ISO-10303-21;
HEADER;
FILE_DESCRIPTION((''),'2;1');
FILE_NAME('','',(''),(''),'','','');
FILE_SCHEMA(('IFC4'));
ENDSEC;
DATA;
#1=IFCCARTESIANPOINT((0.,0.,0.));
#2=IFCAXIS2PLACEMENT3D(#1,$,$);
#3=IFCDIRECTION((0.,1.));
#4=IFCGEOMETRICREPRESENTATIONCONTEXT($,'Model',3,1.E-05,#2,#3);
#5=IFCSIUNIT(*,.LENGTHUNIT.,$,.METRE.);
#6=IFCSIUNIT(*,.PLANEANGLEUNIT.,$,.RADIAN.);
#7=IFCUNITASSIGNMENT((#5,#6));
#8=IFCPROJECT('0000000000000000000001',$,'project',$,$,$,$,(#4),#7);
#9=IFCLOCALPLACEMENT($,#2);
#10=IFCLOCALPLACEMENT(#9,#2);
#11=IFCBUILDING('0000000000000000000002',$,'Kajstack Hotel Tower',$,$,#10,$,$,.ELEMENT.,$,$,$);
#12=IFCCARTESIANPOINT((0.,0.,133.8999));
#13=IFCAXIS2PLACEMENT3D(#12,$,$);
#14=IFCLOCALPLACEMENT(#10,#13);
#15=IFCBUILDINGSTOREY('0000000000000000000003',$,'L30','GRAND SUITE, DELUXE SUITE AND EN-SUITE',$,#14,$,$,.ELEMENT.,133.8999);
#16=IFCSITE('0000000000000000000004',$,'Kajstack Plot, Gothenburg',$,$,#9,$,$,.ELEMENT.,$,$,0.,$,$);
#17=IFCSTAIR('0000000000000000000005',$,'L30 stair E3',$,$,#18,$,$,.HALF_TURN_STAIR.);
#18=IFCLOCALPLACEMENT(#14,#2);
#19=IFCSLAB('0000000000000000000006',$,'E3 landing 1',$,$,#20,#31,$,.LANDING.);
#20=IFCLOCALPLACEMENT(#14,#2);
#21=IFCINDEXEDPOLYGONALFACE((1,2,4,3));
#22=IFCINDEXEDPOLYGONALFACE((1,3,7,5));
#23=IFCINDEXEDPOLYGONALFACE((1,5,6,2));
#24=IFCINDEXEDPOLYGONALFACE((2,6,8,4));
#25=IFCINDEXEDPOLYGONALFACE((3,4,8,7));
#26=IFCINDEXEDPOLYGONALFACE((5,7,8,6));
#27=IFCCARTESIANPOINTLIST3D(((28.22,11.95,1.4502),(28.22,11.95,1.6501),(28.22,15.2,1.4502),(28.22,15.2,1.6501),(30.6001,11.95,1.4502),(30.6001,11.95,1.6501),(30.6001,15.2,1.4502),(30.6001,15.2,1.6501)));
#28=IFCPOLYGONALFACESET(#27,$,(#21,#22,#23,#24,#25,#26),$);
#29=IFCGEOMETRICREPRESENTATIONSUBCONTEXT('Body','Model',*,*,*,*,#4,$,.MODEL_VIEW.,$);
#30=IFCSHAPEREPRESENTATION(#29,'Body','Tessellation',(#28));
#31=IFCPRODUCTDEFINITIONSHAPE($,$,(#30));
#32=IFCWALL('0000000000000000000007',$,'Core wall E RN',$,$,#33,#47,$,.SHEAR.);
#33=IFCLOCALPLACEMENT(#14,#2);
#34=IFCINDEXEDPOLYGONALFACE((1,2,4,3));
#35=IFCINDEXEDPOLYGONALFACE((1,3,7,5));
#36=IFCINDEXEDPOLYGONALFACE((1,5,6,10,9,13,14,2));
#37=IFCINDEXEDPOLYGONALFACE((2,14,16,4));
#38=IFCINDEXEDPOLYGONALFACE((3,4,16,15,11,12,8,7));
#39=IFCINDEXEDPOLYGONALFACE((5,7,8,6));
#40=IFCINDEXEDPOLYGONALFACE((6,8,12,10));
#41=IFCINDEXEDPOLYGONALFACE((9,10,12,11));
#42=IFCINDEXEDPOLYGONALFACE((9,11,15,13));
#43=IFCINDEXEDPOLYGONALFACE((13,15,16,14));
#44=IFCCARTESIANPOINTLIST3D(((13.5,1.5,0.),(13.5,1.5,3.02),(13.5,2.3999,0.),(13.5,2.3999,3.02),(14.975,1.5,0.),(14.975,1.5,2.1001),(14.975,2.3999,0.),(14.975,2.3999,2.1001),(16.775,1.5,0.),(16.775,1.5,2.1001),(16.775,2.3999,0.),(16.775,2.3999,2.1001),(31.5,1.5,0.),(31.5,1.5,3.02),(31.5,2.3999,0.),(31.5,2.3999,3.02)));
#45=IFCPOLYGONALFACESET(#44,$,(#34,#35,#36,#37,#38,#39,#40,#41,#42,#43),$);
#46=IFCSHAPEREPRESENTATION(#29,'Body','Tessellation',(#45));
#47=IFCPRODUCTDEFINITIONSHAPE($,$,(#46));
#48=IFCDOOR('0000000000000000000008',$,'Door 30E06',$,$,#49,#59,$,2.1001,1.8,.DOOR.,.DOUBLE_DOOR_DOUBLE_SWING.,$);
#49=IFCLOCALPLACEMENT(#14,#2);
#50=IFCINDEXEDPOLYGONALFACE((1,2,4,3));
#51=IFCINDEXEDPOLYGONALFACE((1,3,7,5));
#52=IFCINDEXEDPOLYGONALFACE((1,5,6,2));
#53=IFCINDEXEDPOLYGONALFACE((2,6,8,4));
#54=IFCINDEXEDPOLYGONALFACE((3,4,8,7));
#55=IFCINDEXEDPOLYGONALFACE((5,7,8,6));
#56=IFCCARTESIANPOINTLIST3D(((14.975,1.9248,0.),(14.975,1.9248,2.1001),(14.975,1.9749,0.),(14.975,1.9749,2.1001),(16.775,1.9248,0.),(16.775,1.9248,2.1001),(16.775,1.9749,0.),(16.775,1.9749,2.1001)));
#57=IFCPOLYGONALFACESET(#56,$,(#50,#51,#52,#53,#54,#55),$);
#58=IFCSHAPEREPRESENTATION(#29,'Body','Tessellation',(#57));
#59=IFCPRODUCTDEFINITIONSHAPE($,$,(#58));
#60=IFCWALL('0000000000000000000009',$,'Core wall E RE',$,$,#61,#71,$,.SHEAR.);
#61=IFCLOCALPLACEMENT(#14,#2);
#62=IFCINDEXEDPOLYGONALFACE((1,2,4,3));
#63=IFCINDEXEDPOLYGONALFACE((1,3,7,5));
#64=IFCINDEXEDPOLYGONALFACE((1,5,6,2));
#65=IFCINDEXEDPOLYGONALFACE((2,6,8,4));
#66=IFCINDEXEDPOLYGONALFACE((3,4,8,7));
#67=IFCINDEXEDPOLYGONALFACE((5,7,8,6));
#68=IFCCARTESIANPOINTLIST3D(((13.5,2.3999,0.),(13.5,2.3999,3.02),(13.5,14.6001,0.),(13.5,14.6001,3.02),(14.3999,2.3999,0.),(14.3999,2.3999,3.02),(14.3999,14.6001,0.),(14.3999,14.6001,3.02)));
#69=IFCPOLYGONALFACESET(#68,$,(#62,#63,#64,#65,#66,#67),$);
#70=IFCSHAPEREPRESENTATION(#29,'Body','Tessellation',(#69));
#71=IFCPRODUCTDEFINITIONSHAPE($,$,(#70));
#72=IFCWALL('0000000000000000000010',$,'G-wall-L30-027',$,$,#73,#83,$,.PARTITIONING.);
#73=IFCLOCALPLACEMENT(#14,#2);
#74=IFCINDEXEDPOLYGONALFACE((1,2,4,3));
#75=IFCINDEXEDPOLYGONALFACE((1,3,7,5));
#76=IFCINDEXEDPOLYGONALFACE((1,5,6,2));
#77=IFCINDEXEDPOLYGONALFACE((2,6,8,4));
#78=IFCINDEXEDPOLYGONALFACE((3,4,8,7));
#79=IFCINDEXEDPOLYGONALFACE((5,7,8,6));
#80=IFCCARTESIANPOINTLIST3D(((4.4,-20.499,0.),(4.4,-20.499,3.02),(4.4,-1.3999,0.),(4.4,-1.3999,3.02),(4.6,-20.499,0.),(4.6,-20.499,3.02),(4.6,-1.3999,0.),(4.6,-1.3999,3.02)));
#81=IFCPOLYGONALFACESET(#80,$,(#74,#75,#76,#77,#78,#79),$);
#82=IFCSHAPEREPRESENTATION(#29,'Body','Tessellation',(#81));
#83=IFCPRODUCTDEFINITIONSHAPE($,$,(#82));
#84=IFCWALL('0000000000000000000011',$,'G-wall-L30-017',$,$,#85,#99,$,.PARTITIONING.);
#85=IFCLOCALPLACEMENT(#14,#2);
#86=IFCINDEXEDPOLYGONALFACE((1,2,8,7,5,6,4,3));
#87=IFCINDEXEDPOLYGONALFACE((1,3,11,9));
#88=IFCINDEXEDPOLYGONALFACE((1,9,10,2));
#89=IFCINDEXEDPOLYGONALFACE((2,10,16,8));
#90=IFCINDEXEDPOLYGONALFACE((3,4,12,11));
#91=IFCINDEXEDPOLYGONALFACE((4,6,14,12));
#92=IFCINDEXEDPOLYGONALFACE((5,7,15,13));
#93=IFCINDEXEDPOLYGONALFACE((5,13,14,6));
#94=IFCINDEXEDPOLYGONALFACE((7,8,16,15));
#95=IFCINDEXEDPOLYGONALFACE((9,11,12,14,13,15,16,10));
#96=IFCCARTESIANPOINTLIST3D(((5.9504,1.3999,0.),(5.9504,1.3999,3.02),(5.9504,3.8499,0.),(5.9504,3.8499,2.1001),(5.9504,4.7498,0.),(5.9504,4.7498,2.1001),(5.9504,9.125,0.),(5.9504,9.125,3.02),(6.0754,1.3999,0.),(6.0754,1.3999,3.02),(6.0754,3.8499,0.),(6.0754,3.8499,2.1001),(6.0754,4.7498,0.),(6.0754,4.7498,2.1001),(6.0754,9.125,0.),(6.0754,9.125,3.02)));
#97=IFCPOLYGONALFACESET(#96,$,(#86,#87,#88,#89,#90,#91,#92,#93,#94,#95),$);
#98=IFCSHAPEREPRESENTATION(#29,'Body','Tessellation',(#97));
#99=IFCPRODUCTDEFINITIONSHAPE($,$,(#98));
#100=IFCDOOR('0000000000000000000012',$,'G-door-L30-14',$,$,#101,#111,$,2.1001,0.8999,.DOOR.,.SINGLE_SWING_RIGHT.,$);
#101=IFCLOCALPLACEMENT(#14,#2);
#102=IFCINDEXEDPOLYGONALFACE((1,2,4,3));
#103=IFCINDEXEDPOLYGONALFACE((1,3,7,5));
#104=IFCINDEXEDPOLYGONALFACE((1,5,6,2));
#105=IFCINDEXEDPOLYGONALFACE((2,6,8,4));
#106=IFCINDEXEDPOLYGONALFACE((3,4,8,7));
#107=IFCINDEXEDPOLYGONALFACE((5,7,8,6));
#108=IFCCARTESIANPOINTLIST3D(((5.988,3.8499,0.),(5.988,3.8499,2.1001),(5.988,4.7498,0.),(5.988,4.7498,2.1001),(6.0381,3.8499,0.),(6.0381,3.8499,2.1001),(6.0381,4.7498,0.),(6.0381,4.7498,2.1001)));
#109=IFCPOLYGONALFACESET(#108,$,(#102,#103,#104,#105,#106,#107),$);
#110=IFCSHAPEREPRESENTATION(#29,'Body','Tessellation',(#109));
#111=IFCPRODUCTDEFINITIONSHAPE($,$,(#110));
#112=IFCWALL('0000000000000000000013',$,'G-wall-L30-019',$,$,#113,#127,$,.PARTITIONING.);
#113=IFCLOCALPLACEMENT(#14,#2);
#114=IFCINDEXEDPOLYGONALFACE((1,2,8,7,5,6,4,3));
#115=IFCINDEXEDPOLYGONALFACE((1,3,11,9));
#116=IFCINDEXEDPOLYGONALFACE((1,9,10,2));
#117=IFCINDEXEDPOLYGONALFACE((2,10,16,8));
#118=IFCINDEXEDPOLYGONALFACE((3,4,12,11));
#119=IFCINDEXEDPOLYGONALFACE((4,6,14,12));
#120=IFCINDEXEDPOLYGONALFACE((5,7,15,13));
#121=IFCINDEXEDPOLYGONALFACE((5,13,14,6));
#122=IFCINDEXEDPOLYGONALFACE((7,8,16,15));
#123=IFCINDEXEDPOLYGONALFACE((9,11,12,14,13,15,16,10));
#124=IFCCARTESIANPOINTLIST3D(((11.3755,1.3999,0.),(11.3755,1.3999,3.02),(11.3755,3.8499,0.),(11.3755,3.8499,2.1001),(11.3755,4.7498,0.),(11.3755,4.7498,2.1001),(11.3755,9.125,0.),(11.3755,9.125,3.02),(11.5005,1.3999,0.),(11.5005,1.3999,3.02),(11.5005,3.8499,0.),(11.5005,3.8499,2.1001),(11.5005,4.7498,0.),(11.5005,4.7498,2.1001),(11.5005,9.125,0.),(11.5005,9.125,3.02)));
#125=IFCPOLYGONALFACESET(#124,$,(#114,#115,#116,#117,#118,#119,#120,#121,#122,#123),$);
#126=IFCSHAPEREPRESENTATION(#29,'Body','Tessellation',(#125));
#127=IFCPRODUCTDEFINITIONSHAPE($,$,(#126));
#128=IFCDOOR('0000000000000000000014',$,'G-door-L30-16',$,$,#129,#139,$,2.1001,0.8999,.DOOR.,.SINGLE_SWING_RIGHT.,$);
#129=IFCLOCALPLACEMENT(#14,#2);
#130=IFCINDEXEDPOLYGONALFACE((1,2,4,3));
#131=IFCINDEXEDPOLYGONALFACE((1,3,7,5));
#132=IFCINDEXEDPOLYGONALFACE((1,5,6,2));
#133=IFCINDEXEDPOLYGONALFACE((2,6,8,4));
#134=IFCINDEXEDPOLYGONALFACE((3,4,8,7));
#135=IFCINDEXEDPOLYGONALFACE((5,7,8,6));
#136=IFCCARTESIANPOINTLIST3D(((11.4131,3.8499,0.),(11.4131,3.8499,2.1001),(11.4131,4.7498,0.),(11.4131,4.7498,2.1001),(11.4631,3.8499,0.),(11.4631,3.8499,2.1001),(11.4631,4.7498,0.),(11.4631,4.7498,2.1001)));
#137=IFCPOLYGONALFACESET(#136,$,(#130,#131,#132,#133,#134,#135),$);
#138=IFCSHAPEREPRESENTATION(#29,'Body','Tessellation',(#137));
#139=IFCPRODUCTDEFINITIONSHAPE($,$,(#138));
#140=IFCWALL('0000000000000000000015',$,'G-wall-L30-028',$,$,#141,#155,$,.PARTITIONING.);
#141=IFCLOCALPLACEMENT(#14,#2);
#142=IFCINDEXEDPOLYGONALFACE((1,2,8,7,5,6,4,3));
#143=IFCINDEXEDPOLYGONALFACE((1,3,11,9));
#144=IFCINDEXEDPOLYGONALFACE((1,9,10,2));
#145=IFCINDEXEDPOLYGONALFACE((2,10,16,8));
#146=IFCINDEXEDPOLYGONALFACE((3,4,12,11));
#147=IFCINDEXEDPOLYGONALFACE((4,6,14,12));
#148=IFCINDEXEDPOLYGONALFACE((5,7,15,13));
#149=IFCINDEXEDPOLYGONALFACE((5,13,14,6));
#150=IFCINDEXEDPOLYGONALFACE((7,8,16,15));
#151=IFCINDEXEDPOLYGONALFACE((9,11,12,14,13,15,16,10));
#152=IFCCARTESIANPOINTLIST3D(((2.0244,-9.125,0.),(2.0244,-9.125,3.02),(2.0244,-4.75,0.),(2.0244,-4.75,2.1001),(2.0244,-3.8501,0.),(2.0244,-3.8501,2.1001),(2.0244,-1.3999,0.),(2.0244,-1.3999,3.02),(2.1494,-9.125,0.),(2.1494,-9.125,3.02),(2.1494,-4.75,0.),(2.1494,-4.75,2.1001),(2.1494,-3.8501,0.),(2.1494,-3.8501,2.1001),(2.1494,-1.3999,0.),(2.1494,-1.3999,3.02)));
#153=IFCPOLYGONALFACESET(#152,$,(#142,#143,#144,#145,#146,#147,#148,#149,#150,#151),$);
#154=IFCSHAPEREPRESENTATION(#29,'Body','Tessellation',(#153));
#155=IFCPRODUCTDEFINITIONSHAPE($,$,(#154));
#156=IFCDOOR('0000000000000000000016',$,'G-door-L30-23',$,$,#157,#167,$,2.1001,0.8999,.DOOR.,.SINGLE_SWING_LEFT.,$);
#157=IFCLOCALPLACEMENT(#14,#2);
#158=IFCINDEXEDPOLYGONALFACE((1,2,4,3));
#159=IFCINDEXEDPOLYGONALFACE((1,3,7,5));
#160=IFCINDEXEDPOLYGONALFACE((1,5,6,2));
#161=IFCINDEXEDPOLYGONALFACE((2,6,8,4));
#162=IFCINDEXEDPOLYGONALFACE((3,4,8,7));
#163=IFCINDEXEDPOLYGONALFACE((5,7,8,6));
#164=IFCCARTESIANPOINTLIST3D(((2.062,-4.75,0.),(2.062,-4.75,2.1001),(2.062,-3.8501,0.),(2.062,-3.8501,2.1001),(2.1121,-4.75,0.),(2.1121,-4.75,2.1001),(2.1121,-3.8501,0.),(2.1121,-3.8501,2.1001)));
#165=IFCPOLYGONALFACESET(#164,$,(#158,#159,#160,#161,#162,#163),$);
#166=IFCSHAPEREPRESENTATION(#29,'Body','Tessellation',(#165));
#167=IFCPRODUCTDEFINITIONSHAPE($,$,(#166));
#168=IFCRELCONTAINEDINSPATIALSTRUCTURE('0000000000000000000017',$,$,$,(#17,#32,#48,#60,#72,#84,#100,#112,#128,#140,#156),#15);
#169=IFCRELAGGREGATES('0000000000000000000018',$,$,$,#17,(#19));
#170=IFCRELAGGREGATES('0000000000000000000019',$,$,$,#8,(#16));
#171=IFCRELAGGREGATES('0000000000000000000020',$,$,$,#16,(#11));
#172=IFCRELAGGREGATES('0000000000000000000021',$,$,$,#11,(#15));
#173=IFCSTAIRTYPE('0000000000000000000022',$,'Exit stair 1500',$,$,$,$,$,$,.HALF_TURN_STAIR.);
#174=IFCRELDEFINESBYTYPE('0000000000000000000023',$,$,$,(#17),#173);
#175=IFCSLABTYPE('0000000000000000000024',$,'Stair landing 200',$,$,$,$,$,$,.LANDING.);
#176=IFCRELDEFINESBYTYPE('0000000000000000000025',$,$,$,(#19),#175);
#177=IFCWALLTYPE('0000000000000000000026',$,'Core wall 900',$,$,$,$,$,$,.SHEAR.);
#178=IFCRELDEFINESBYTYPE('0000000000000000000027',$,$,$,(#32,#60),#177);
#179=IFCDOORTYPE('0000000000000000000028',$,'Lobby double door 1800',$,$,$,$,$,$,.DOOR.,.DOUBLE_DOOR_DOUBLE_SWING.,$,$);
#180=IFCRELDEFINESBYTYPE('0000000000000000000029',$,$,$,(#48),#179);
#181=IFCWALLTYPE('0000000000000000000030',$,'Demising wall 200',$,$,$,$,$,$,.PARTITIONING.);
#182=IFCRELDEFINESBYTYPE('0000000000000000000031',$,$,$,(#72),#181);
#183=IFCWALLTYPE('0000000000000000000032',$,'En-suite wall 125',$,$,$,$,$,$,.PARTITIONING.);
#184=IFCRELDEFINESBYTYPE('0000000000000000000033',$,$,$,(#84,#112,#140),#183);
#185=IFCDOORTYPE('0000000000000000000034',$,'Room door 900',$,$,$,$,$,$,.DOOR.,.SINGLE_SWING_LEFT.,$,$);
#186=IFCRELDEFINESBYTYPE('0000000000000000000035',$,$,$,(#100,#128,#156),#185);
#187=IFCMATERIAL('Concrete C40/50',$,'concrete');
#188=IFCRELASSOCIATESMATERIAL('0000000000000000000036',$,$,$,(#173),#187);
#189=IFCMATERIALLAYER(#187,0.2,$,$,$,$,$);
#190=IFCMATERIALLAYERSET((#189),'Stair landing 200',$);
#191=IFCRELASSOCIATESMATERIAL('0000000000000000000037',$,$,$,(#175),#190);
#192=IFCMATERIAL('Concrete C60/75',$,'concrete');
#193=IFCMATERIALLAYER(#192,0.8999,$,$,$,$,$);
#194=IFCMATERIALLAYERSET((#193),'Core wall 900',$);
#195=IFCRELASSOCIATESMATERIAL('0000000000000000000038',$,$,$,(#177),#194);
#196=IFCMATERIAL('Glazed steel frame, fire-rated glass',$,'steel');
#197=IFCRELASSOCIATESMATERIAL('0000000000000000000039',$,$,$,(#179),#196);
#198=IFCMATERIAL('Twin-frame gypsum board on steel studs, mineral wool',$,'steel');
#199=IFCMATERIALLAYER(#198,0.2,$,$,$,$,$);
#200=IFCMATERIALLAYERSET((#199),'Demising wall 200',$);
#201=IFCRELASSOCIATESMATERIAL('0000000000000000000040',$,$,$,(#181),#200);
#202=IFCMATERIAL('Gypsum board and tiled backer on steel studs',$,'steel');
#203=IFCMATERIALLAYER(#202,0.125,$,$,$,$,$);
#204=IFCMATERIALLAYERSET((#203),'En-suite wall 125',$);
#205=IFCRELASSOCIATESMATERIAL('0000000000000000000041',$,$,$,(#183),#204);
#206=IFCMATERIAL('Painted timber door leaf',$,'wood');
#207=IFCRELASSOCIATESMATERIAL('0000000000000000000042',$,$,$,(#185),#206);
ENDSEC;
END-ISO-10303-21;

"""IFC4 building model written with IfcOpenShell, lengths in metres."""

from ifc_helpers import new_model, si_unit, direction, frame, frame_2d, origin, place, context, subcontext, project, spatial, polyline, rectangle, outline, extrude, material, layer, layer_set, type_object, element, fill, aggregate, save


model = new_model("IFC4")

# Units and contexts
model_context = context("Model", 3, precision=1e-05, world=origin(), true_north=direction((0.0, 1.0)))
body_context = subcontext(model_context, "Body", "Model", "MODEL_VIEW")
ifc_project = project(units=[si_unit("LENGTHUNIT", "METRE"), si_unit("PLANEANGLEUNIT", "RADIAN")], contexts=[model_context])

# Site, building, storey
site_placement = place(None, origin())
site = spatial("IfcSite", under=ifc_project, at=site_placement, Name="Kajstack Plot, Gothenburg", CompositionType="ELEMENT", RefElevation=0.0)
building_placement = place(site_placement, origin())
building = spatial("IfcBuilding", under=site, at=building_placement, Name="Kajstack Hotel Tower", CompositionType="ELEMENT")
storey_placement = place(building_placement, frame((0.0, 0.0, 133.8999)))
storey = spatial("IfcBuildingStorey", under=building, at=storey_placement, Name="L30", Description="GRAND SUITE, DELUXE SUITE AND EN-SUITE", CompositionType="ELEMENT", Elevation=133.8999)

# Stair, slab
ifc_material_1 = material(Name="Concrete C40/50", Category="concrete")
stair_type = type_object("IfcStairType", Name="Exit stair 1500", PredefinedType="HALF_TURN_STAIR", material=ifc_material_1)
stair_placement = place(storey_placement, origin())
stair = element("IfcStair", 1, at=stair_placement, inside=storey, type_object=stair_type, Name="L30 stair E3", PredefinedType="HALF_TURN_STAIR")
ifc_layer_1 = layer(ifc_material_1, 0.2)
ifc_layer_set_1 = layer_set([ifc_layer_1], Name="Stair landing 200")
slab_type = type_object("IfcSlabType", Name="Stair landing 200", PredefinedType="LANDING", material=ifc_layer_set_1)
slab_placement = place(storey_placement, frame((0.0, 0.0, 1.4502)))
slab = element("IfcSlab", 2, at=slab_placement, type_object=slab_type, Name="E3 landing 1", PredefinedType="LANDING", context=body_context, shape_type="SweptSolid", body=[
    extrude(outline(polyline([(28.22, 11.95), (30.6001, 11.95), (30.6001, 15.2), (28.22, 15.2), (28.22, 11.95)])), origin(), (0.0, 0.0, 1.0), 0.2),
])
aggregate(stair, [slab])

# Wall, opening, door
ifc_material_2 = material(Name="Concrete C60/75", Category="concrete")
ifc_layer_2 = layer(ifc_material_2, 0.8999)
ifc_layer_set_2 = layer_set([ifc_layer_2], Name="Core wall 900")
wall_type_1 = type_object("IfcWallType", Name="Core wall 900", PredefinedType="SHEAR", material=ifc_layer_set_2)
wall_1_placement = place(storey_placement, frame((13.5, 1.95, 0.0), z_axis=(0.0, 0.0, 1.0), x_axis=(1.0, 0.0, 0.0)))
wall_1 = element("IfcWall", 3, at=wall_1_placement, inside=storey, type_object=wall_type_1, Name="Core wall E RN", PredefinedType="SHEAR", context=body_context, shape_type="SweptSolid", body=[
    extrude(rectangle(XDim=18.0, YDim=0.8999, at=frame_2d((9.0, 0.0))), origin(), (0.0, 0.0, 1.0), 3.02),
])
opening_1_placement = place(wall_1_placement, frame((1.4751, 0.0, 0.0)))
opening_1 = element("IfcOpeningElement", 4, at=opening_1_placement, cuts=wall_1, PredefinedType="OPENING", context=body_context, shape_type="SweptSolid", body=[
    extrude(rectangle(XDim=1.8, YDim=2.1001, at=frame_2d((0.8999, 1.05))), frame((0.0, 0.46, 0.0), z_axis=(0.0, -1.0, 0.0), x_axis=(1.0, 0.0, 0.0)), (0.0, 0.0, 1.0), 0.9199),
])
ifc_material_3 = material(Name="Glazed steel frame, fire-rated glass", Category="steel")
door_type_1 = type_object("IfcDoorType", Name="Lobby double door 1800", OperationType="DOUBLE_DOOR_DOUBLE_SWING", PredefinedType="DOOR", material=ifc_material_3)
door_1_placement = place(opening_1_placement, origin())
door_1 = element("IfcDoor", 5, at=door_1_placement, inside=storey, type_object=door_type_1, Name="Door 30E06", OperationType="DOUBLE_DOOR_DOUBLE_SWING", OverallHeight=2.1001, OverallWidth=1.8, PredefinedType="DOOR", context=body_context, shape_type="SweptSolid", body=[
    extrude(rectangle(XDim=1.8, YDim=2.1001, at=frame_2d((0.8999, 1.05))), frame((0.0, 0.0249, 0.0), z_axis=(0.0, -1.0, 0.0), x_axis=(1.0, 0.0, 0.0)), (0.0, 0.0, 1.0), 0.05),
])
fill(opening_1, door_1)

# Walls
wall_2_placement = place(storey_placement, frame((13.95, 2.3999, 0.0), z_axis=(0.0, 0.0, 1.0), x_axis=(0.0, 1.0, 0.0)))
element("IfcWall", 6, at=wall_2_placement, inside=storey, type_object=wall_type_1, Name="Core wall E RE", PredefinedType="SHEAR", context=body_context, shape_type="SweptSolid", body=[
    extrude(rectangle(XDim=12.2002, YDim=0.8999, at=frame_2d((6.1001, 0.0))), origin(), (0.0, 0.0, 1.0), 3.02),
])
ifc_material_4 = material(Name="Twin-frame gypsum board on steel studs, mineral wool", Category="steel")
ifc_layer_3 = layer(ifc_material_4, 0.2)
ifc_layer_set_3 = layer_set([ifc_layer_3], Name="Demising wall 200")
wall_type_2 = type_object("IfcWallType", Name="Demising wall 200", PredefinedType="PARTITIONING", material=ifc_layer_set_3)
wall_3_placement = place(storey_placement, frame((4.5, -20.499, 0.0), z_axis=(0.0, 0.0, 1.0), x_axis=(0.0, 1.0, 0.0)))
element("IfcWall", 7, at=wall_3_placement, inside=storey, type_object=wall_type_2, Name="G-wall-L30-027", PredefinedType="PARTITIONING", context=body_context, shape_type="SweptSolid", body=[
    extrude(rectangle(XDim=19.0991, YDim=0.2, at=frame_2d((9.5496, 0.0))), origin(), (0.0, 0.0, 1.0), 3.02),
])

# Walls, openings, doors
ifc_material_5 = material(Name="Gypsum board and tiled backer on steel studs", Category="steel")
ifc_layer_4 = layer(ifc_material_5, 0.125)
ifc_layer_set_4 = layer_set([ifc_layer_4], Name="En-suite wall 125")
wall_type_3 = type_object("IfcWallType", Name="En-suite wall 125", PredefinedType="PARTITIONING", material=ifc_layer_set_4)
wall_4_placement = place(storey_placement, frame((6.0129, 1.3999, 0.0), z_axis=(0.0, 0.0, 1.0), x_axis=(0.0, 1.0, 0.0)))
wall_4 = element("IfcWall", 8, at=wall_4_placement, inside=storey, type_object=wall_type_3, Name="G-wall-L30-017", PredefinedType="PARTITIONING", context=body_context, shape_type="SweptSolid", body=[
    extrude(rectangle(XDim=7.7251, YDim=0.125, at=frame_2d((3.8625, 0.0))), origin(), (0.0, 0.0, 1.0), 3.02),
])
opening_2_placement = place(wall_4_placement, frame((2.45, 0.0, 0.0)))
opening_2 = element("IfcOpeningElement", 9, at=opening_2_placement, cuts=wall_4, PredefinedType="OPENING", context=body_context, shape_type="SweptSolid", body=[
    extrude(rectangle(XDim=0.8999, YDim=2.1001, at=frame_2d((0.45, 1.05))), frame((0.0, 0.0725, 0.0), z_axis=(0.0, -1.0, 0.0), x_axis=(1.0, 0.0, 0.0)), (0.0, 0.0, 1.0), 0.145),
])
ifc_material_6 = material(Name="Painted timber door leaf", Category="wood")
door_type_2 = type_object("IfcDoorType", Name="Room door 900", OperationType="SINGLE_SWING_LEFT", PredefinedType="DOOR", material=ifc_material_6)
door_2_placement = place(opening_2_placement, origin())
door_2 = element("IfcDoor", 10, at=door_2_placement, inside=storey, type_object=door_type_2, Name="G-door-L30-14", OperationType="SINGLE_SWING_RIGHT", OverallHeight=2.1001, OverallWidth=0.8999, PredefinedType="DOOR", context=body_context, shape_type="SweptSolid", body=[
    extrude(rectangle(XDim=0.8999, YDim=2.1001, at=frame_2d((0.45, 1.05))), frame((0.0, 0.0249, 0.0), z_axis=(0.0, -1.0, 0.0), x_axis=(1.0, 0.0, 0.0)), (0.0, 0.0, 1.0), 0.05),
])
fill(opening_2, door_2)
wall_5_placement = place(storey_placement, frame((11.438, 1.3999, 0.0), z_axis=(0.0, 0.0, 1.0), x_axis=(0.0, 1.0, 0.0)))
wall_5 = element("IfcWall", 11, at=wall_5_placement, inside=storey, type_object=wall_type_3, Name="G-wall-L30-019", PredefinedType="PARTITIONING", context=body_context, shape_type="SweptSolid", body=[
    extrude(rectangle(XDim=7.7251, YDim=0.125, at=frame_2d((3.8625, 0.0))), origin(), (0.0, 0.0, 1.0), 3.02),
])
opening_3_placement = place(wall_5_placement, frame((2.45, 0.0, 0.0)))
opening_3 = element("IfcOpeningElement", 12, at=opening_3_placement, cuts=wall_5, PredefinedType="OPENING", context=body_context, shape_type="SweptSolid", body=[
    extrude(rectangle(XDim=0.8999, YDim=2.1001, at=frame_2d((0.45, 1.05))), frame((0.0, 0.0725, 0.0), z_axis=(0.0, -1.0, 0.0), x_axis=(1.0, 0.0, 0.0)), (0.0, 0.0, 1.0), 0.145),
])
door_3_placement = place(opening_3_placement, origin())
door_3 = element("IfcDoor", 13, at=door_3_placement, inside=storey, type_object=door_type_2, Name="G-door-L30-16", OperationType="SINGLE_SWING_RIGHT", OverallHeight=2.1001, OverallWidth=0.8999, PredefinedType="DOOR", context=body_context, shape_type="SweptSolid", body=[
    extrude(rectangle(XDim=0.8999, YDim=2.1001, at=frame_2d((0.45, 1.05))), frame((0.0, 0.0249, 0.0), z_axis=(0.0, -1.0, 0.0), x_axis=(1.0, 0.0, 0.0)), (0.0, 0.0, 1.0), 0.05),
])
fill(opening_3, door_3)
wall_6_placement = place(storey_placement, frame((2.0869, -9.125, 0.0), z_axis=(0.0, 0.0, 1.0), x_axis=(0.0, 1.0, 0.0)))
wall_6 = element("IfcWall", 14, at=wall_6_placement, inside=storey, type_object=wall_type_3, Name="G-wall-L30-028", PredefinedType="PARTITIONING", context=body_context, shape_type="SweptSolid", body=[
    extrude(rectangle(XDim=7.7251, YDim=0.125, at=frame_2d((3.8625, 0.0))), origin(), (0.0, 0.0, 1.0), 3.02),
])
opening_4_placement = place(wall_6_placement, frame((4.375, 0.0, 0.0)))
opening_4 = element("IfcOpeningElement", 15, at=opening_4_placement, cuts=wall_6, PredefinedType="OPENING", context=body_context, shape_type="SweptSolid", body=[
    extrude(rectangle(XDim=0.8999, YDim=2.1001, at=frame_2d((0.45, 1.05))), frame((0.0, 0.0725, 0.0), z_axis=(0.0, -1.0, 0.0), x_axis=(1.0, 0.0, 0.0)), (0.0, 0.0, 1.0), 0.145),
])
door_4_placement = place(opening_4_placement, origin())
door_4 = element("IfcDoor", 16, at=door_4_placement, inside=storey, type_object=door_type_2, Name="G-door-L30-23", OperationType="SINGLE_SWING_LEFT", OverallHeight=2.1001, OverallWidth=0.8999, PredefinedType="DOOR", context=body_context, shape_type="SweptSolid", body=[
    extrude(rectangle(XDim=0.8999, YDim=2.1001, at=frame_2d((0.45, 1.05))), frame((0.0, 0.0249, 0.0), z_axis=(0.0, -1.0, 0.0), x_axis=(1.0, 0.0, 0.0)), (0.0, 0.0, 1.0), 0.05),
])
fill(opening_4, door_4)

save(model, "model.ifc")
